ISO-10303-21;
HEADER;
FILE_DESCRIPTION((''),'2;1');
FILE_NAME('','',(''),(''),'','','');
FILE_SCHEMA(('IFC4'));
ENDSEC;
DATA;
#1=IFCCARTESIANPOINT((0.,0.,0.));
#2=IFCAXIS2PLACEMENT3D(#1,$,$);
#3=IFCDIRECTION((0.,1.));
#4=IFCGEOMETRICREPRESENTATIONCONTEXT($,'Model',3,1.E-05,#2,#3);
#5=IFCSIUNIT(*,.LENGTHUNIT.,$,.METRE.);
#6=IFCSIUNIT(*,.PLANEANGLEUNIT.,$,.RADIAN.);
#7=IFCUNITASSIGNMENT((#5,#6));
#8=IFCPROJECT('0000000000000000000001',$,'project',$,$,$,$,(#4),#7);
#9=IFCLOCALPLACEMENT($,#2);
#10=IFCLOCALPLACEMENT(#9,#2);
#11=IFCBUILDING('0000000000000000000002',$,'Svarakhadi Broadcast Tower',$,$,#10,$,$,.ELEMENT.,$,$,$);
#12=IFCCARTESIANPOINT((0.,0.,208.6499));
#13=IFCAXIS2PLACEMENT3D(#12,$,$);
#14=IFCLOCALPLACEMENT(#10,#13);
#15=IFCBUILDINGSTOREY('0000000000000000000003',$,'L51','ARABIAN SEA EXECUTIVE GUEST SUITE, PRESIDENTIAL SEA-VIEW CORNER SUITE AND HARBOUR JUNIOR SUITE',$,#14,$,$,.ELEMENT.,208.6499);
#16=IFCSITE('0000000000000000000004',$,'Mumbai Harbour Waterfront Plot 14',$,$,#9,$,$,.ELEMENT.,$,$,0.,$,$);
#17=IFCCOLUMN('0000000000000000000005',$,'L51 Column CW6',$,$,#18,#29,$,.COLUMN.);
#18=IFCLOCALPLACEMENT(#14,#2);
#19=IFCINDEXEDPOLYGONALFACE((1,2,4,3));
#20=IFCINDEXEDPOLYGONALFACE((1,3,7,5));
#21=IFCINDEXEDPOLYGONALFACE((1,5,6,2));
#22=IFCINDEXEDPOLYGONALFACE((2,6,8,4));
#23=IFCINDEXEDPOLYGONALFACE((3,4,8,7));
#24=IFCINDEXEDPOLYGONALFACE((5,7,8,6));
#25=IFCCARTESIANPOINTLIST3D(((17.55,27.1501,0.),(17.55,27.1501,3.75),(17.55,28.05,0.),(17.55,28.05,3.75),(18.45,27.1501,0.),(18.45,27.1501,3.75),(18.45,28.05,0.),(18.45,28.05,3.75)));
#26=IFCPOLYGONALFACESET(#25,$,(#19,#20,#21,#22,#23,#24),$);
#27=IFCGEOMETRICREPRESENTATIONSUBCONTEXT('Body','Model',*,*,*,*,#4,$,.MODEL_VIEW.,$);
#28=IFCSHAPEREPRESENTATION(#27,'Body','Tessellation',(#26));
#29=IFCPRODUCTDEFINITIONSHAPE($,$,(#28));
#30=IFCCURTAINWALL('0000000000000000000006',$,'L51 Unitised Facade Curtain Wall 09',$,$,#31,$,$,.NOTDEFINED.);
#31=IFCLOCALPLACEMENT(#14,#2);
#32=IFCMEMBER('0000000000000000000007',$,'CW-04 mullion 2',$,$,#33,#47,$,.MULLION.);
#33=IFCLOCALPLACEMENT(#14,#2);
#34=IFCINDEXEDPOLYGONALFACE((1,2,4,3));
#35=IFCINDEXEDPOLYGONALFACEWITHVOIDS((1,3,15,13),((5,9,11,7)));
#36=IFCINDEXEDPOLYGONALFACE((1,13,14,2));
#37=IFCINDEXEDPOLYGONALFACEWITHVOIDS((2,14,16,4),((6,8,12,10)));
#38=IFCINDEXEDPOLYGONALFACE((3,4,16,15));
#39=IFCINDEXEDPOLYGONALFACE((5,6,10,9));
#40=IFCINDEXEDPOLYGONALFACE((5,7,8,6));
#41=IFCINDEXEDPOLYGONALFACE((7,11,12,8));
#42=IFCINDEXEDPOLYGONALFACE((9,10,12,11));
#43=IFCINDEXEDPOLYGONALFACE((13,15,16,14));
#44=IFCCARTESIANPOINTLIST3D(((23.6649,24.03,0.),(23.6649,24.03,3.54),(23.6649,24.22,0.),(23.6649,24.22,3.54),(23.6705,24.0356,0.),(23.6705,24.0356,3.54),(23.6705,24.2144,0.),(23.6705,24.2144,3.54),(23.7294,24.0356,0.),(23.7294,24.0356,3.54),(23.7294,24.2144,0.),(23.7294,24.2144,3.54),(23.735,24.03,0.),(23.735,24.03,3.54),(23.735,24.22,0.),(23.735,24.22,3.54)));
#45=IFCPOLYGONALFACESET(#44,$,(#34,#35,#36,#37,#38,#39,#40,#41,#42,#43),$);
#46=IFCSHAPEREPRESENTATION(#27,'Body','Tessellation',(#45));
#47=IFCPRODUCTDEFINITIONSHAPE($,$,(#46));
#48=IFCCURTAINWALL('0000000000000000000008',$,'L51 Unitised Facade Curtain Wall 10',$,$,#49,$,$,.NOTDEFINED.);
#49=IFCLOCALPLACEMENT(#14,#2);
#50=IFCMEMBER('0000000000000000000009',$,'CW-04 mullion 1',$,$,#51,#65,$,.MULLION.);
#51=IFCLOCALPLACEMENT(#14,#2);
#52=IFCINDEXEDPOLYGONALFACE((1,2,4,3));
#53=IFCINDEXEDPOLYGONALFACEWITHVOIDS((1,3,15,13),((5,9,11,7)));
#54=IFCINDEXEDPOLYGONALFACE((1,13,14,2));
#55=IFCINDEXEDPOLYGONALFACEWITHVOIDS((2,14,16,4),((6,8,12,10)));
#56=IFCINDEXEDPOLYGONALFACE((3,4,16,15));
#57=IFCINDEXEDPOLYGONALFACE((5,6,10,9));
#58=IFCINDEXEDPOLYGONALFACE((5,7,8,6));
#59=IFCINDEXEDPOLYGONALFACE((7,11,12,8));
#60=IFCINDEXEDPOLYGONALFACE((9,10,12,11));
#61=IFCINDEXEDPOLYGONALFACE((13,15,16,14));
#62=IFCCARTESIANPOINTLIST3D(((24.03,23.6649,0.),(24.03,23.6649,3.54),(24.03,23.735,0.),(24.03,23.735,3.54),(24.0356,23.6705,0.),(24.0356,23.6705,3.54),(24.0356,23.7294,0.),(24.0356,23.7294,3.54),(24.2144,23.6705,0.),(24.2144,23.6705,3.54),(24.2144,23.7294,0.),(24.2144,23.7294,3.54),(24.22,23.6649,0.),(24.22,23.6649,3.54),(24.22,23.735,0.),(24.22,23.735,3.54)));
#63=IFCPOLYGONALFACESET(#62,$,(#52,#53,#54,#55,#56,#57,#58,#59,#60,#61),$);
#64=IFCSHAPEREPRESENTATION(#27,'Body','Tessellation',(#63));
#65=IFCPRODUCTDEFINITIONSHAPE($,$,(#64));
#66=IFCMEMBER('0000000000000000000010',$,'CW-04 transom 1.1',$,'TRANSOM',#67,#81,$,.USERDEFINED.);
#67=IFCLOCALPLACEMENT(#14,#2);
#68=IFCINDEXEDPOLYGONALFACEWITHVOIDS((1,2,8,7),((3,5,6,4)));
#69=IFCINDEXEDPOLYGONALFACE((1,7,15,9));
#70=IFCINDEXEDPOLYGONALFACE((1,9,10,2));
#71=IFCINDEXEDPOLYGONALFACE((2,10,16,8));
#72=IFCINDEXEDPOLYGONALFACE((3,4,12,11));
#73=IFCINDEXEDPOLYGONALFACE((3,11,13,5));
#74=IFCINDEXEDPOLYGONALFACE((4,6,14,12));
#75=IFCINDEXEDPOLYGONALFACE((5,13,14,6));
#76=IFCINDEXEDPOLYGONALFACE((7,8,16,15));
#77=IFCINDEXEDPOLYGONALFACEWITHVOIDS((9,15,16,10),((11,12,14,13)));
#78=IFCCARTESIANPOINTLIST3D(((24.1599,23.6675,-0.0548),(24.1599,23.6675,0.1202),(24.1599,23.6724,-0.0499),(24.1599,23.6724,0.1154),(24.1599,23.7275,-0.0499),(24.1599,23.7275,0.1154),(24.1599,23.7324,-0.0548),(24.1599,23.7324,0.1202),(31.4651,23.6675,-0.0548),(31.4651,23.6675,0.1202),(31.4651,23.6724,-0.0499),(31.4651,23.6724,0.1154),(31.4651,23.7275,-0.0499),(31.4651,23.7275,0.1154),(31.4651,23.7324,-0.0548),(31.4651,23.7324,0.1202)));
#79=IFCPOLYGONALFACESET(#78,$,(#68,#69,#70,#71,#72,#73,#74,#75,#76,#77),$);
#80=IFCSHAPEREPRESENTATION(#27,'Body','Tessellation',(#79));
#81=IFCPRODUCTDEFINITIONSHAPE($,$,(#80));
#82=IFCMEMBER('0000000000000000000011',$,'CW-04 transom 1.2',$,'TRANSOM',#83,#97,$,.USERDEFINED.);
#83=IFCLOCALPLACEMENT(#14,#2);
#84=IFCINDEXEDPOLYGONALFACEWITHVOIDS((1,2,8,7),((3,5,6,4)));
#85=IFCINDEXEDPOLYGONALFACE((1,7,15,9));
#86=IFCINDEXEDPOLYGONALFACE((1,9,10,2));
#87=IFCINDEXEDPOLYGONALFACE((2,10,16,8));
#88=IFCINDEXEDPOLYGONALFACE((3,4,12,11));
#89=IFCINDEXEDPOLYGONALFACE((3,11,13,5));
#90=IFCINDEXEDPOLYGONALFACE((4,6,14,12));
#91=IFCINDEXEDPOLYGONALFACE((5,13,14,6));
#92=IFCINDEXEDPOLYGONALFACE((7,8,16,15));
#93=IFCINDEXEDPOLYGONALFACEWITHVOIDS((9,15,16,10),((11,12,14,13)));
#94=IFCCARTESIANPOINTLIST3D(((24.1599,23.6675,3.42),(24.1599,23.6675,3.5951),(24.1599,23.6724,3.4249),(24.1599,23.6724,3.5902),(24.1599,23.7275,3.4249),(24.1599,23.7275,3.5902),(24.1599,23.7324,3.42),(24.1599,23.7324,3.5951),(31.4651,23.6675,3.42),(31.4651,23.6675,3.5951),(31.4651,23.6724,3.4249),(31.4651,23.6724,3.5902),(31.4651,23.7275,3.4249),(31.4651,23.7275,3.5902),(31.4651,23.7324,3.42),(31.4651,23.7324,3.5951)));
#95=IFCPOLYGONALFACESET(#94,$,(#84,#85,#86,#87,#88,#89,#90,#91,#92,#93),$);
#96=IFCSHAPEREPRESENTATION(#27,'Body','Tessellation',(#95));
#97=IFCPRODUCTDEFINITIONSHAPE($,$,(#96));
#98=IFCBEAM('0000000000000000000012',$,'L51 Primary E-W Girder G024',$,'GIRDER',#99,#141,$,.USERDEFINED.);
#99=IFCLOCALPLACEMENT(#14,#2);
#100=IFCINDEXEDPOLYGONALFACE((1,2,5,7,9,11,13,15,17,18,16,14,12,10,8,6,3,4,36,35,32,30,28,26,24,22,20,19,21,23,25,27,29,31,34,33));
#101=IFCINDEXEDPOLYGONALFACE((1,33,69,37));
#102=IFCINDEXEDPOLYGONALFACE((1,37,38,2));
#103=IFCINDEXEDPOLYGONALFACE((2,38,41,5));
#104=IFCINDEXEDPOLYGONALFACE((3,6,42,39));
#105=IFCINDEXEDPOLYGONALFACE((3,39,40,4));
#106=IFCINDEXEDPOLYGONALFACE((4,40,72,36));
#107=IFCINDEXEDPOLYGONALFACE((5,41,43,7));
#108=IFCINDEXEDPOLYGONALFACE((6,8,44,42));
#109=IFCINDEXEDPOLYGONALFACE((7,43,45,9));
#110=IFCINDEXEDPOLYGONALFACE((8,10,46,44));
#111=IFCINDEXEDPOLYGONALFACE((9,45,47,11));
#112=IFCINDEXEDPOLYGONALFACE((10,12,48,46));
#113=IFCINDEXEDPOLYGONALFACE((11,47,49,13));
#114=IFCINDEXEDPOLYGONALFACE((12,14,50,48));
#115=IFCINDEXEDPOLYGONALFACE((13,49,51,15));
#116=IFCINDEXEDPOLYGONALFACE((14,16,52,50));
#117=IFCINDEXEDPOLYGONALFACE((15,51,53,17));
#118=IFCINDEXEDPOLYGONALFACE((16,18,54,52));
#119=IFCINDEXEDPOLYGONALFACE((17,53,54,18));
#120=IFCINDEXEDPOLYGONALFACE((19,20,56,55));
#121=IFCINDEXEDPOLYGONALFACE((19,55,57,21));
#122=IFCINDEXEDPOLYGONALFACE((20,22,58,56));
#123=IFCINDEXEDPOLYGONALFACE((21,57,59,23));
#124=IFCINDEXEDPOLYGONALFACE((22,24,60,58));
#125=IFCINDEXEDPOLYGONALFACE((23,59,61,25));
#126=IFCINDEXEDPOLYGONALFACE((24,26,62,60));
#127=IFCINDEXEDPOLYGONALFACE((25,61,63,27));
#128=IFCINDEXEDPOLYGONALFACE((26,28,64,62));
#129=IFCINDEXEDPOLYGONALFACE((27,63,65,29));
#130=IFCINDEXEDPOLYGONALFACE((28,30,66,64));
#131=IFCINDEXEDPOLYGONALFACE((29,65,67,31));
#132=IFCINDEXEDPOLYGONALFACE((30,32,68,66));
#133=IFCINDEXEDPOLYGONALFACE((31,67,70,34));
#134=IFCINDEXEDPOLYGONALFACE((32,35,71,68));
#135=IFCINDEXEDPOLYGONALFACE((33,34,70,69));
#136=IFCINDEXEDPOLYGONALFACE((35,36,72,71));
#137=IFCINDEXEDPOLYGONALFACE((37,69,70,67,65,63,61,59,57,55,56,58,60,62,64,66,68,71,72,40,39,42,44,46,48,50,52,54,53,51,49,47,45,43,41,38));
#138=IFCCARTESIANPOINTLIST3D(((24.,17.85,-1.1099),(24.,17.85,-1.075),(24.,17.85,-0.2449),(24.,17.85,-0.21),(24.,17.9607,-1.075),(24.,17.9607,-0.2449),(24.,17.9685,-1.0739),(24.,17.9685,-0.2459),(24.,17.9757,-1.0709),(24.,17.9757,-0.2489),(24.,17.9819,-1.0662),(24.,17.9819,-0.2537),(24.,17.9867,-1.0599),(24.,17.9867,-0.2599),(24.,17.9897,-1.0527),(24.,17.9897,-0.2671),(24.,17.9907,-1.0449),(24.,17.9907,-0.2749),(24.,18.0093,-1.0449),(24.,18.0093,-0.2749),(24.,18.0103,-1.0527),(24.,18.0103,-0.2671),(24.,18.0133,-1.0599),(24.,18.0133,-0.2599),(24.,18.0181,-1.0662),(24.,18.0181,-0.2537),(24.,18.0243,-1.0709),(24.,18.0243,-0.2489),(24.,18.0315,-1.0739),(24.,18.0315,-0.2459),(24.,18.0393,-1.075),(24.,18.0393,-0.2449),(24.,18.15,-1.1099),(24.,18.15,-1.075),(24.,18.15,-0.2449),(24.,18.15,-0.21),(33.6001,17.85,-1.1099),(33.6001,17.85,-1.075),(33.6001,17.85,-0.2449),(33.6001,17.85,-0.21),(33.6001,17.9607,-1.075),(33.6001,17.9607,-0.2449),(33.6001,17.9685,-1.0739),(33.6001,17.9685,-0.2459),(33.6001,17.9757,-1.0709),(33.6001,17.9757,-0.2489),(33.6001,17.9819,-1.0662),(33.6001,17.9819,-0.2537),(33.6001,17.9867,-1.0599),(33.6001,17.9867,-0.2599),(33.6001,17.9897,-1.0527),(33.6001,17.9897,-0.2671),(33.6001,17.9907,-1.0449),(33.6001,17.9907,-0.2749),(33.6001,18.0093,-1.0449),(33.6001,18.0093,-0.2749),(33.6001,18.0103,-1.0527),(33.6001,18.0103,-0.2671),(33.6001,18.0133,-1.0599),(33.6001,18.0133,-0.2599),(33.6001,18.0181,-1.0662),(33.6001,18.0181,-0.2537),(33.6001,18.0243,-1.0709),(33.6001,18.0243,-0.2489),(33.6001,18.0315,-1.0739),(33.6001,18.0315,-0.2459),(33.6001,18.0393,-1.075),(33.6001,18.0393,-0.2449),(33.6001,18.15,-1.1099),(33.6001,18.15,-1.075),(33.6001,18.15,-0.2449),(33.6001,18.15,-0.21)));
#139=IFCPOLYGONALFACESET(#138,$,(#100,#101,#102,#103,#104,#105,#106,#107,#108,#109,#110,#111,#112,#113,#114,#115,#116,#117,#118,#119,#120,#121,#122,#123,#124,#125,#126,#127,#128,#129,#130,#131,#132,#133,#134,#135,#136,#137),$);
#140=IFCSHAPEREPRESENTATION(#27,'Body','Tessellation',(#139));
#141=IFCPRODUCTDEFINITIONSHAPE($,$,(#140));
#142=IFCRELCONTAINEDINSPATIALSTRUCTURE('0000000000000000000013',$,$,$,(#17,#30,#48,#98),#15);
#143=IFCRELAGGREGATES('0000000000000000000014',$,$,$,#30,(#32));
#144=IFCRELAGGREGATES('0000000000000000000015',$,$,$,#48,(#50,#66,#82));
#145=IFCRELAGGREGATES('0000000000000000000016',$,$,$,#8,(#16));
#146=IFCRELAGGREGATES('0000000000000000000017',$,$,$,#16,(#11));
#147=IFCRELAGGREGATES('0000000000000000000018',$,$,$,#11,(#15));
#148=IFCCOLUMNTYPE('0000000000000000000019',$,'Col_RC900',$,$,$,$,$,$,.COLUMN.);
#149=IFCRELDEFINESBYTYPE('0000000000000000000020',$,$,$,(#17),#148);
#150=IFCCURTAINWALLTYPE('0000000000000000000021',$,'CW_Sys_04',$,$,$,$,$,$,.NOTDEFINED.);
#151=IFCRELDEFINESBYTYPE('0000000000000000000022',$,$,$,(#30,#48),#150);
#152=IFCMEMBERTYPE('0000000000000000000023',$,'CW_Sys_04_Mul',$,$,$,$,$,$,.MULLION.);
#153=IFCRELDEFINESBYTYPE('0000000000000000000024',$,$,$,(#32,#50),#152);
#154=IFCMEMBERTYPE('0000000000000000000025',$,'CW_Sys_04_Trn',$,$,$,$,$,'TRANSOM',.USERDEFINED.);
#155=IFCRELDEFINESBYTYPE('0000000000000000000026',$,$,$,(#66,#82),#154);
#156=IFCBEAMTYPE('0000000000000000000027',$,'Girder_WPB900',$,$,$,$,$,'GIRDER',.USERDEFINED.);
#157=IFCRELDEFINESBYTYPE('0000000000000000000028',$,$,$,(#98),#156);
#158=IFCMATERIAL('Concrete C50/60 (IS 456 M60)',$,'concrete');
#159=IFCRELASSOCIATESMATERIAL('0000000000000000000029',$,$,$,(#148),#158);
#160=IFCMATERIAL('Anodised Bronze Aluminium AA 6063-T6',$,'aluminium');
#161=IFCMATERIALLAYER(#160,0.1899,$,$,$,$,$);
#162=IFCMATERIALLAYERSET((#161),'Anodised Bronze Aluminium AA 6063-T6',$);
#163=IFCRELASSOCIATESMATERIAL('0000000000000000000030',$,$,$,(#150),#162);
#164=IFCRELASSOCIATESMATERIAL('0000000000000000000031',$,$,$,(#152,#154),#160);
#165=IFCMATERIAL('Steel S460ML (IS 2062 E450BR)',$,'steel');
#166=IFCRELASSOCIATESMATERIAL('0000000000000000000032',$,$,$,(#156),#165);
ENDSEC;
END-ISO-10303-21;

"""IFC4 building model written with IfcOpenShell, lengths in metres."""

from ifc_helpers import new_model, si_unit, direction, frame, origin, origin_2d, place, context, subcontext, project, spatial, rectangle, hollow_rectangle, i_section, extrude, material, layer, layer_set, material_profile, profile_set, type_object, element, aggregate, save


model = new_model("IFC4")

# Units and contexts
model_context = context("Model", 3, precision=1e-05, world=origin(), true_north=direction((0.0, 1.0)))
body_context = subcontext(model_context, "Body", "Model", "MODEL_VIEW")
ifc_project = project(units=[si_unit("LENGTHUNIT", "METRE"), si_unit("PLANEANGLEUNIT", "RADIAN")], contexts=[model_context])

# Site, building, storey
site_placement = place(None, origin())
site = spatial("IfcSite", under=ifc_project, at=site_placement, Name="Mumbai Harbour Waterfront Plot 14", CompositionType="ELEMENT", RefElevation=0.0)
building_placement = place(site_placement, origin())
building = spatial("IfcBuilding", under=site, at=building_placement, Name="Svarakhadi Broadcast Tower", CompositionType="ELEMENT")
storey_placement = place(building_placement, frame((0.0, 0.0, 208.6499)))
storey = spatial("IfcBuildingStorey", under=building, at=storey_placement, Name="L51", Description="ARABIAN SEA EXECUTIVE GUEST SUITE, PRESIDENTIAL SEA-VIEW CORNER SUITE AND HARBOUR JUNIOR SUITE", CompositionType="ELEMENT", Elevation=208.6499)

# Column
ifc_material_1 = material(Name="Concrete C50/60 (IS 456 M60)", Category="concrete")
ifc_material_profile_1 = material_profile(ifc_material_1, rectangle(XDim=0.8999, YDim=0.8999, at=origin_2d()), Name="RC 900x900")
ifc_profile_set_1 = profile_set([ifc_material_profile_1], Name="Concrete C50/60 (IS 456 M60)")
column_type = type_object("IfcColumnType", Name="Col_RC900", PredefinedType="COLUMN", material=ifc_profile_set_1)
column_placement = place(storey_placement, frame((18.0, 27.6001, 0.0), z_axis=(0.0, 0.0, 1.0), x_axis=(1.0, 0.0, 0.0)))
element("IfcColumn", 1, at=column_placement, inside=storey, type_object=column_type, Name="L51 Column CW6", PredefinedType="COLUMN", context=body_context, shape_type="SweptSolid", body=[
    extrude(rectangle(XDim=0.8999, YDim=0.8999, at=origin_2d()), origin(), (0.0, 0.0, 1.0), 3.75),
])

# Curtain wall, member
ifc_material_2 = material(Name="Anodised Bronze Aluminium AA 6063-T6", Category="aluminium")
ifc_layer_1 = layer(ifc_material_2, 0.1899)
ifc_layer_set_1 = layer_set([ifc_layer_1], Name="Anodised Bronze Aluminium AA 6063-T6")
curtain_wall_type = type_object("IfcCurtainWallType", Name="CW_Sys_04", PredefinedType="NOTDEFINED", material=ifc_layer_set_1)
curtain_wall_1_placement = place(storey_placement, origin())
curtain_wall_1 = element("IfcCurtainWall", 2, at=curtain_wall_1_placement, inside=storey, type_object=curtain_wall_type, Name="L51 Unitised Facade Curtain Wall 09", PredefinedType="NOTDEFINED")
ifc_material_profile_2 = material_profile(ifc_material_2, hollow_rectangle(XDim=0.0701, YDim=0.1899, WallThickness=0.0056, at=origin_2d()), Name="ALU MULLION 190x70x6")
ifc_profile_set_2 = profile_set([ifc_material_profile_2], Name="Anodised Bronze Aluminium AA 6063-T6")
member_type_1 = type_object("IfcMemberType", Name="CW_Sys_04_Mul", PredefinedType="MULLION", material=ifc_profile_set_2)
member_1_placement = place(storey_placement, frame((23.7, 24.125, 0.0), z_axis=(0.0, 0.0, 1.0), x_axis=(1.0, 0.0, 0.0)))
member_1 = element("IfcMember", 3, at=member_1_placement, type_object=member_type_1, Name="CW-04 mullion 2", PredefinedType="MULLION", context=body_context, shape_type="SweptSolid", body=[
    extrude(hollow_rectangle(XDim=0.0701, YDim=0.1899, WallThickness=0.0056, at=origin_2d()), origin(), (0.0, 0.0, 1.0), 3.54),
])
aggregate(curtain_wall_1, [member_1])

# Curtain wall, members
curtain_wall_2_placement = place(storey_placement, origin())
curtain_wall_2 = element("IfcCurtainWall", 4, at=curtain_wall_2_placement, inside=storey, type_object=curtain_wall_type, Name="L51 Unitised Facade Curtain Wall 10", PredefinedType="NOTDEFINED")
member_2_placement = place(storey_placement, frame((24.125, 23.7, 0.0), z_axis=(0.0, 0.0, 1.0), x_axis=(0.0, 1.0, 0.0)))
member_2 = element("IfcMember", 5, at=member_2_placement, type_object=member_type_1, Name="CW-04 mullion 1", PredefinedType="MULLION", context=body_context, shape_type="SweptSolid", body=[
    extrude(hollow_rectangle(XDim=0.0701, YDim=0.1899, WallThickness=0.0056, at=origin_2d()), origin(), (0.0, 0.0, 1.0), 3.54),
])
ifc_material_profile_3 = material_profile(ifc_material_2, hollow_rectangle(XDim=0.0649, YDim=0.175, WallThickness=0.0049, at=origin_2d()), Name="ALU TRANSOM 175x65x5")
ifc_profile_set_3 = profile_set([ifc_material_profile_3], Name="Anodised Bronze Aluminium AA 6063-T6")
member_type_2 = type_object("IfcMemberType", Name="CW_Sys_04_Trn", ElementType="TRANSOM", PredefinedType="USERDEFINED", material=ifc_profile_set_3)
member_3_placement = place(storey_placement, frame((24.1599, 23.7, 0.0327), z_axis=(1.0, 0.0, 0.0), x_axis=(0.0, 1.0, 0.0)))
member_3 = element("IfcMember", 6, at=member_3_placement, type_object=member_type_2, Name="CW-04 transom 1.1", ObjectType="TRANSOM", PredefinedType="USERDEFINED", context=body_context, shape_type="SweptSolid", body=[
    extrude(hollow_rectangle(XDim=0.0649, YDim=0.175, WallThickness=0.0049, at=origin_2d()), origin(), (0.0, 0.0, 1.0), 7.3052),
])
member_4_placement = place(storey_placement, frame((24.1599, 23.7, 3.5076), z_axis=(1.0, 0.0, 0.0), x_axis=(0.0, 1.0, 0.0)))
member_4 = element("IfcMember", 7, at=member_4_placement, type_object=member_type_2, Name="CW-04 transom 1.2", ObjectType="TRANSOM", PredefinedType="USERDEFINED", context=body_context, shape_type="SweptSolid", body=[
    extrude(hollow_rectangle(XDim=0.0649, YDim=0.175, WallThickness=0.0049, at=origin_2d()), origin(), (0.0, 0.0, 1.0), 7.3052),
])
aggregate(curtain_wall_2, [member_2, member_3, member_4])

# Beam
ifc_material_3 = material(Name="Steel S460ML (IS 2062 E450BR)", Category="steel")
ifc_material_profile_4 = material_profile(ifc_material_3, i_section(OverallWidth=0.3, OverallDepth=0.8999, WebThickness=0.0186, FlangeThickness=0.0349, FilletRadius=0.03, at=origin_2d()), Name="WPB 900x300x291")
ifc_profile_set_4 = profile_set([ifc_material_profile_4], Name="Steel S460ML (IS 2062 E450BR)")
beam_type = type_object("IfcBeamType", Name="Girder_WPB900", ElementType="GIRDER", PredefinedType="USERDEFINED", material=ifc_profile_set_4)
beam_placement = place(storey_placement, frame((24.0, 18.0, -0.6599), z_axis=(1.0, 0.0, 0.0), x_axis=(0.0, 1.0, 0.0)))
element("IfcBeam", 8, at=beam_placement, inside=storey, type_object=beam_type, Name="L51 Primary E-W Girder G024", ObjectType="GIRDER", PredefinedType="USERDEFINED", context=body_context, shape_type="SweptSolid", body=[
    extrude(i_section(OverallWidth=0.3, OverallDepth=0.8999, WebThickness=0.0186, FlangeThickness=0.0349, FilletRadius=0.03, at=origin_2d()), origin(), (0.0, 0.0, 1.0), 9.6001),
])

save(model, "model.ifc")
